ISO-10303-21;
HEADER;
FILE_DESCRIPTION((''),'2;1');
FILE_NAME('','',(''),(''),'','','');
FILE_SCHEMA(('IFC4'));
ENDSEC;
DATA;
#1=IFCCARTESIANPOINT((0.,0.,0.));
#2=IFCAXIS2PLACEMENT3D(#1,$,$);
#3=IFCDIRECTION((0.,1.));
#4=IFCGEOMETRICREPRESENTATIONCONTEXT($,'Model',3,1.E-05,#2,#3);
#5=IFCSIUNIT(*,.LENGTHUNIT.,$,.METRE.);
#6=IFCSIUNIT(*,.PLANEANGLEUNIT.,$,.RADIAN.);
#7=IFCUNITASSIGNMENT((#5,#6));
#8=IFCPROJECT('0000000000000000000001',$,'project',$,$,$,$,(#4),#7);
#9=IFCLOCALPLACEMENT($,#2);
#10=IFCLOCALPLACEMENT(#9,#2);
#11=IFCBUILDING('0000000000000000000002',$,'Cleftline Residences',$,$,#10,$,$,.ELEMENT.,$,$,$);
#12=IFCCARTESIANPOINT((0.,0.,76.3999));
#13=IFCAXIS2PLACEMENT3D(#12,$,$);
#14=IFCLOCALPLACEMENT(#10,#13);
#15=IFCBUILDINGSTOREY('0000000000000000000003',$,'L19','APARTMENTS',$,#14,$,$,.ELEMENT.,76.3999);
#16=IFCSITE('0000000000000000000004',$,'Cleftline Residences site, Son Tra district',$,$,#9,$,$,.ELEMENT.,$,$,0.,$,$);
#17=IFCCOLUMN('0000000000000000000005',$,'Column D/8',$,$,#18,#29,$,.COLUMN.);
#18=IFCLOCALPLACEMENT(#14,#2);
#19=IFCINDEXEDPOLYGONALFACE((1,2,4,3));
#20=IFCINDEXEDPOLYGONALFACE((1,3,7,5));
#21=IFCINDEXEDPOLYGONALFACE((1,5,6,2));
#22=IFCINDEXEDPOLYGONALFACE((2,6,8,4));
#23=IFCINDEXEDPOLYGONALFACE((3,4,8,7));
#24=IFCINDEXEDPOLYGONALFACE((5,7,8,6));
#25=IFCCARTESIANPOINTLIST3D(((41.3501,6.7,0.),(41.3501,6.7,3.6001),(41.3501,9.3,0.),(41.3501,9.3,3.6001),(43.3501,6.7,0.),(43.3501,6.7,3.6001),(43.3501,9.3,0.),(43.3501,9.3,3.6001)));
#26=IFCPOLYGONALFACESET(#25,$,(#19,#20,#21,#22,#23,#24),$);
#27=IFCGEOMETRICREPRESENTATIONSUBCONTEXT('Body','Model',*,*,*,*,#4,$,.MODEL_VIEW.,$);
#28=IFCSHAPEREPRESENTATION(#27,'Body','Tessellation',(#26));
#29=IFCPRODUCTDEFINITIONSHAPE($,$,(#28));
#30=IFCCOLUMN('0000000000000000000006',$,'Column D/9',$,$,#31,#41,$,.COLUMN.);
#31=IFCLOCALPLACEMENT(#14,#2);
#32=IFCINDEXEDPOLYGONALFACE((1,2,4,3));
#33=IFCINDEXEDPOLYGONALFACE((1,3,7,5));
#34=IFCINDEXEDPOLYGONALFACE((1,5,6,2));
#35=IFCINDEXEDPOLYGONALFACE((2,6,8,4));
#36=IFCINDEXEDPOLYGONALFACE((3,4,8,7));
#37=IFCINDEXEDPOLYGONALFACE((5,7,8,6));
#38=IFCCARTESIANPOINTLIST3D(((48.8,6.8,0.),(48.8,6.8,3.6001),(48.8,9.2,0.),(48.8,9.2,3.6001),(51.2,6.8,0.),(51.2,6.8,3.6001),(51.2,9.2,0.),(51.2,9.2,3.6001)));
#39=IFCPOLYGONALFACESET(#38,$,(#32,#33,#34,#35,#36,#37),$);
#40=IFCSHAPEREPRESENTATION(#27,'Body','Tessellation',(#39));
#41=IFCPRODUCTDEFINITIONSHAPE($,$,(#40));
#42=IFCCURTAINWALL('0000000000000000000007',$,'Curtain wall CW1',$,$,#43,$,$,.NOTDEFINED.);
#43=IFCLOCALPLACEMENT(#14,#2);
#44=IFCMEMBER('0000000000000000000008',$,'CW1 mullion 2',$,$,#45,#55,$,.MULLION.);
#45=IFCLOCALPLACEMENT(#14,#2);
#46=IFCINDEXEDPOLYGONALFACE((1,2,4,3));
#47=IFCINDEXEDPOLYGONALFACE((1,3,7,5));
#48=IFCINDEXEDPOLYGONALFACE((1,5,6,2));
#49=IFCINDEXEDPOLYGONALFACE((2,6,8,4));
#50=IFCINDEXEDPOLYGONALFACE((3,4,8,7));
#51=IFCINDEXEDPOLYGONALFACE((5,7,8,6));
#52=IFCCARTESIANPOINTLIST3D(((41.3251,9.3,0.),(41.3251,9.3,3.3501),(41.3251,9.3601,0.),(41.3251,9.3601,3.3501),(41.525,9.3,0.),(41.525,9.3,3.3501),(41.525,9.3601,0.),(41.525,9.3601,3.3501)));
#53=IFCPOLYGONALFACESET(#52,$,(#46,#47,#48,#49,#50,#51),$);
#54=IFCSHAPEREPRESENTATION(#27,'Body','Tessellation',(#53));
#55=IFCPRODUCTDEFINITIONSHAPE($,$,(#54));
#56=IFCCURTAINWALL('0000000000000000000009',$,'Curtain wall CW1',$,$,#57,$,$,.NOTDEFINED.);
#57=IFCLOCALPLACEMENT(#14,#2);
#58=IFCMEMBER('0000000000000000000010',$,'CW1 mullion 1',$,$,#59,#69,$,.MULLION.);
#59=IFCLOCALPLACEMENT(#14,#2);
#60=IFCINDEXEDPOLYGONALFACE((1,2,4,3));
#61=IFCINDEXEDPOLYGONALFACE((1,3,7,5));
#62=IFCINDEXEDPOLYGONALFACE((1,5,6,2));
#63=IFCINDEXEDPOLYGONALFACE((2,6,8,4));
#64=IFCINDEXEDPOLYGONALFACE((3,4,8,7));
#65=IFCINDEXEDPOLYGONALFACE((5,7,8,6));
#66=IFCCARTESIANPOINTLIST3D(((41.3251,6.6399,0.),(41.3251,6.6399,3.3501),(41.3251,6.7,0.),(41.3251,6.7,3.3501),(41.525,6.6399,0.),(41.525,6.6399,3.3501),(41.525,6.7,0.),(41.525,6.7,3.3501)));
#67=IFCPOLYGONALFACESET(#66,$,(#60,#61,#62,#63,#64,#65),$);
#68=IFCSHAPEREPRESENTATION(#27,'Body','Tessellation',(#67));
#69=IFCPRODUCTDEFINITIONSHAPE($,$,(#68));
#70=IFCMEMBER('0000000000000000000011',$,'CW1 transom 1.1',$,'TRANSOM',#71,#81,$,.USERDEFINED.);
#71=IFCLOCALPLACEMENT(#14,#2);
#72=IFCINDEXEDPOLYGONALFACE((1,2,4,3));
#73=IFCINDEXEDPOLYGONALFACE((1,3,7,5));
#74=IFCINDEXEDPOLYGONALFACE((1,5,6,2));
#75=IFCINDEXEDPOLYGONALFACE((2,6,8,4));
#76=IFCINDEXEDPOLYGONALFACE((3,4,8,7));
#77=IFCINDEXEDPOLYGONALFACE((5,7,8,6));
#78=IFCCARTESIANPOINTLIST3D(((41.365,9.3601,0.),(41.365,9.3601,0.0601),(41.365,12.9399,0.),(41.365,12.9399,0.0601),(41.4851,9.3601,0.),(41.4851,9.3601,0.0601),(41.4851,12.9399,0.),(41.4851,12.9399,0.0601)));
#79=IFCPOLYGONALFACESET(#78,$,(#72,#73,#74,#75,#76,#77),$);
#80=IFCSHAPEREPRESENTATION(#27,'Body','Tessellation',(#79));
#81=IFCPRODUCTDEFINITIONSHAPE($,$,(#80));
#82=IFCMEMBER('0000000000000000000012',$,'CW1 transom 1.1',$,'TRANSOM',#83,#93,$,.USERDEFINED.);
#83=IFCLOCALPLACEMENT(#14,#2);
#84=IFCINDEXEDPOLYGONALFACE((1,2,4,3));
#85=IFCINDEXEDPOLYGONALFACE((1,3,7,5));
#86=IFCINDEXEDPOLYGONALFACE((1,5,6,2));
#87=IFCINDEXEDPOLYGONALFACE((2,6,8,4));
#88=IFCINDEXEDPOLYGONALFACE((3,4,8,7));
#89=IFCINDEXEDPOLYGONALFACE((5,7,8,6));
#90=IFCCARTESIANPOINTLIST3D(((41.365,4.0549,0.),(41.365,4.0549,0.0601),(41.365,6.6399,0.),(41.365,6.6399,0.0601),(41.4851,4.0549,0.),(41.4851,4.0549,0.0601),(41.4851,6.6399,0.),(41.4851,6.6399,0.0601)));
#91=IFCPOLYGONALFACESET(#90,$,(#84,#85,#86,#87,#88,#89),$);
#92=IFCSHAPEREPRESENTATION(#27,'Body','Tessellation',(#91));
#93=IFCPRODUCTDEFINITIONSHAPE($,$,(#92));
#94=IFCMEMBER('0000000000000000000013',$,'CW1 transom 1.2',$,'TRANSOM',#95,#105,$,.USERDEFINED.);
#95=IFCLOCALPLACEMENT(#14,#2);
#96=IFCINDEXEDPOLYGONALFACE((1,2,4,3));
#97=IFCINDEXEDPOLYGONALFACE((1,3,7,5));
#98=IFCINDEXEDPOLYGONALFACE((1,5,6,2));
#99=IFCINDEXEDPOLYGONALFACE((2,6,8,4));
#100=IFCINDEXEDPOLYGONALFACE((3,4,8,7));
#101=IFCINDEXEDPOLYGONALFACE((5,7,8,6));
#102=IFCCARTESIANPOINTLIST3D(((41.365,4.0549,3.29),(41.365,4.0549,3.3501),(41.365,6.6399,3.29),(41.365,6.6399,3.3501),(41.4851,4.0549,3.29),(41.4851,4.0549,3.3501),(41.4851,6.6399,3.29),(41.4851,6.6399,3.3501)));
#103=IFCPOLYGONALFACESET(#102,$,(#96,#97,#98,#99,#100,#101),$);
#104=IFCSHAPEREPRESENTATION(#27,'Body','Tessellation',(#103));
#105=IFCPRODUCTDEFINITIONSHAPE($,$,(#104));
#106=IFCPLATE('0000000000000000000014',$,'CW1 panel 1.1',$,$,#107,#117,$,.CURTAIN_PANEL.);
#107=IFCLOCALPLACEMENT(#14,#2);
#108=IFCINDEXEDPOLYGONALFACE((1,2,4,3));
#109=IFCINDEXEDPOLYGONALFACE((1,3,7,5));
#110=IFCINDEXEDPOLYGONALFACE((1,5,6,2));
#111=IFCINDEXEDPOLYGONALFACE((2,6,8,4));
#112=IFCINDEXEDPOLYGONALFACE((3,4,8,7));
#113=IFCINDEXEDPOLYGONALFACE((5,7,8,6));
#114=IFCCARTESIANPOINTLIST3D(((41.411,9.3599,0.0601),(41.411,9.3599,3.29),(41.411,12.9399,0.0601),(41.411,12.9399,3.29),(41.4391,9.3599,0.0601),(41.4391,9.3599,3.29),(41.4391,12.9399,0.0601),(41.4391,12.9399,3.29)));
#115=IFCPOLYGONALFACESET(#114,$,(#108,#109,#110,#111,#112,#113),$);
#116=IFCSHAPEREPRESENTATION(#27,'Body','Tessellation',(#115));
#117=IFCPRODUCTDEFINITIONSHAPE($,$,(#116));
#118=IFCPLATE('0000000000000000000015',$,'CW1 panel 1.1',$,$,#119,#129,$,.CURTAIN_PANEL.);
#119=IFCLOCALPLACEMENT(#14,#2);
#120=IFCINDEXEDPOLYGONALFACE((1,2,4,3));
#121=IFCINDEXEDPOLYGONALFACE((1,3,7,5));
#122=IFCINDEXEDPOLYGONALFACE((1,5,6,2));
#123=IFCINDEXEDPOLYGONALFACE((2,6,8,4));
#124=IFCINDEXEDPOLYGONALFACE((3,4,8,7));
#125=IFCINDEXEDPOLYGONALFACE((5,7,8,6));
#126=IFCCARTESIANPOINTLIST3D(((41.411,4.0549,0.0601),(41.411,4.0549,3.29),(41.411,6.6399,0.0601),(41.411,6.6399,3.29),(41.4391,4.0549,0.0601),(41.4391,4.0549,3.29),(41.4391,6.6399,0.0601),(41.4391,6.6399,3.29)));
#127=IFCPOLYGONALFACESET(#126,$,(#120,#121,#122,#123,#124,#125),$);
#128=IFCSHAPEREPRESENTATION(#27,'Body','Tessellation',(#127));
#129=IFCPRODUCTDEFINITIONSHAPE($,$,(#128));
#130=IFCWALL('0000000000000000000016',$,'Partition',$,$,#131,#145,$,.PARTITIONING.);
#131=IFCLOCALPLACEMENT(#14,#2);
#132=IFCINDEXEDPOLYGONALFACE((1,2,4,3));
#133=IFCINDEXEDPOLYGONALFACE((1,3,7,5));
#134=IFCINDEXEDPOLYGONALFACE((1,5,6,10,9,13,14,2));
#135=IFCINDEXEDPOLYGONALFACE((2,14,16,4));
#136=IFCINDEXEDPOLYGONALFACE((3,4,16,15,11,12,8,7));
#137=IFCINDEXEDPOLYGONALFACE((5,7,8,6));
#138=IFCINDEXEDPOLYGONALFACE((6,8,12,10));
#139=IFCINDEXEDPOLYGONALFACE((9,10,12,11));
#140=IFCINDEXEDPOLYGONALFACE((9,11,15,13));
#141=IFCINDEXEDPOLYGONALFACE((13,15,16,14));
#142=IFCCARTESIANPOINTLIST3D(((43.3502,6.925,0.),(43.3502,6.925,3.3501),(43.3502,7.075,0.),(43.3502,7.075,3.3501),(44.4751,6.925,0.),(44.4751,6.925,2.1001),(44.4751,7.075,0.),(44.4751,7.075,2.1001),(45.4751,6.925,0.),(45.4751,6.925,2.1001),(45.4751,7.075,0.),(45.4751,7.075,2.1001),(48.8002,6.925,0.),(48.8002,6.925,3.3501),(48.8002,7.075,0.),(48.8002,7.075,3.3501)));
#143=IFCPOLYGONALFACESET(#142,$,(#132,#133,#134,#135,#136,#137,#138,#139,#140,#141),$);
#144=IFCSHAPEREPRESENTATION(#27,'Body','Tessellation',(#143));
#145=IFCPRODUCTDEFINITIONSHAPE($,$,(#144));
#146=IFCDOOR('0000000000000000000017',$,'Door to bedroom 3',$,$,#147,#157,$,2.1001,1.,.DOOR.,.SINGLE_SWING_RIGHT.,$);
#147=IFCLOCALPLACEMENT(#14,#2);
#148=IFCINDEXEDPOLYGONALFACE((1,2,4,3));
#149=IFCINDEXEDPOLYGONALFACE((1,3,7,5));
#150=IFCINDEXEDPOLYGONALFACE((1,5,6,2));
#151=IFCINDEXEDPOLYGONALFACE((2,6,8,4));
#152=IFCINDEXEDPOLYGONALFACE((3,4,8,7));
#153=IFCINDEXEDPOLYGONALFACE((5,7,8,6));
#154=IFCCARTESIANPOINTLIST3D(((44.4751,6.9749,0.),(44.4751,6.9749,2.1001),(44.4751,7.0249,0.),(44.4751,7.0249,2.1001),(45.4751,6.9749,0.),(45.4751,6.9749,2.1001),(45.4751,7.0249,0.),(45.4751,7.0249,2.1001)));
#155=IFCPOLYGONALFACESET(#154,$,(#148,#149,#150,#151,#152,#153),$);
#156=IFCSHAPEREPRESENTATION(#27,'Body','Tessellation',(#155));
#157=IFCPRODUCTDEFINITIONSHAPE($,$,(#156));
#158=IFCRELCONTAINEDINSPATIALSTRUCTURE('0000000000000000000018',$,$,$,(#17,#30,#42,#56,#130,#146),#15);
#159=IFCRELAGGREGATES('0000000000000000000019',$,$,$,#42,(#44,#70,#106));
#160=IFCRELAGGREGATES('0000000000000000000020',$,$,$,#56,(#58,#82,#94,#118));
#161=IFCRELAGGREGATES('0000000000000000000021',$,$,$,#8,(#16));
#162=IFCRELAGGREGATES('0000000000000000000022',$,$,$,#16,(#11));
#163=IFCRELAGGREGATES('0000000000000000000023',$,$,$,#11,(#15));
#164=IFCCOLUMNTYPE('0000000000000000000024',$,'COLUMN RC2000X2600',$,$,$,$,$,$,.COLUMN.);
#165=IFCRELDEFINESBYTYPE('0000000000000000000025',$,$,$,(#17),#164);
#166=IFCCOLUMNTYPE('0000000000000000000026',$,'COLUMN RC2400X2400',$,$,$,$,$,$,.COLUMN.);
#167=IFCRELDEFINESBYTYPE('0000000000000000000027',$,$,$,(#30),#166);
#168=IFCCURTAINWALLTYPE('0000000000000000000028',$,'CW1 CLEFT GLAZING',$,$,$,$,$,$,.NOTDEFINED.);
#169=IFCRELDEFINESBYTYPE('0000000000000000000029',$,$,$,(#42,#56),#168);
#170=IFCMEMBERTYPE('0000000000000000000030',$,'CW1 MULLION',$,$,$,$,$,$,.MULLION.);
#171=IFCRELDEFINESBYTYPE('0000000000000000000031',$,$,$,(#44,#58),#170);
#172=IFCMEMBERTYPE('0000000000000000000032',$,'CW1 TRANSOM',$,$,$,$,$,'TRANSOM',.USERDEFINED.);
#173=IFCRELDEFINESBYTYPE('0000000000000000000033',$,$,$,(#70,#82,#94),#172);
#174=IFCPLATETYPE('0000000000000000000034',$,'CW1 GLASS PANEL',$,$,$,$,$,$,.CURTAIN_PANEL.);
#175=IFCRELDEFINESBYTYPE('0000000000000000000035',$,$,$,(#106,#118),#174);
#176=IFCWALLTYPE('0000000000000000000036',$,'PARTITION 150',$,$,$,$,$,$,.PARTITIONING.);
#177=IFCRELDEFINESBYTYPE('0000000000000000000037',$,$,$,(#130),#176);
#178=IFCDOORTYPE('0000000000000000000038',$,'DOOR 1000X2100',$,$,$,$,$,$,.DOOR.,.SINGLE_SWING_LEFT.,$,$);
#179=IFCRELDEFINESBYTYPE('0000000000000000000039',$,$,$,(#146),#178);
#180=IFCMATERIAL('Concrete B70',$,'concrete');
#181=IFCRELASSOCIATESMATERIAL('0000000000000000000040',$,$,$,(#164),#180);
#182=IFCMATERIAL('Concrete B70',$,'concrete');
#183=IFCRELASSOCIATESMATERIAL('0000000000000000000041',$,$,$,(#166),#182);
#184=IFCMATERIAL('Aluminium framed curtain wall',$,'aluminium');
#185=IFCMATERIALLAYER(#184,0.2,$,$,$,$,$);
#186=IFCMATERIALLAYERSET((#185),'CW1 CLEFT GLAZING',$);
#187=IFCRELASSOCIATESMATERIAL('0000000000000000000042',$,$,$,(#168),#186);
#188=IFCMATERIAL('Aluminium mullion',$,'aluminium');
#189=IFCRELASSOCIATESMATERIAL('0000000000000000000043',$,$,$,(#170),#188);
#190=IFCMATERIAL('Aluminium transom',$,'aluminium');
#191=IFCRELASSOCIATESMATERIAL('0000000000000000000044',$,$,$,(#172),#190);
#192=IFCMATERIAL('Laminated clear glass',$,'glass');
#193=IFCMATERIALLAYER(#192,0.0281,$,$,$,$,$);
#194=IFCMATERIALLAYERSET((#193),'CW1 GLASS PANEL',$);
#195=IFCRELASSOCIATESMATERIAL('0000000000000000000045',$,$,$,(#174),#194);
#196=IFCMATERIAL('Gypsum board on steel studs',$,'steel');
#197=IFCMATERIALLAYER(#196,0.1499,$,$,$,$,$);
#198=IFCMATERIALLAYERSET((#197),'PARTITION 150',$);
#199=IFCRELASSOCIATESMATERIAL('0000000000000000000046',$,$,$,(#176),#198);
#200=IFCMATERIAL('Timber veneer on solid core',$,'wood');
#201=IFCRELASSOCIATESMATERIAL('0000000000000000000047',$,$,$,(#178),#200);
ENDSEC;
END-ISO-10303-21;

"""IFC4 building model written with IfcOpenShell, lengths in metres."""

from ifc_helpers import new_model, si_unit, direction, frame, frame_2d, origin, origin_2d, place, context, subcontext, project, spatial, rectangle, extrude, material, layer, layer_set, material_profile, profile_set, type_object, element, fill, aggregate, save


model = new_model("IFC4")

# Units and contexts
model_context = context("Model", 3, precision=1e-05, world=origin(), true_north=direction((0.0, 1.0)))
body_context = subcontext(model_context, "Body", "Model", "MODEL_VIEW")
ifc_project = project(units=[si_unit("LENGTHUNIT", "METRE"), si_unit("PLANEANGLEUNIT", "RADIAN")], contexts=[model_context])

# Site, building, storey
site_placement = place(None, origin())
site = spatial("IfcSite", under=ifc_project, at=site_placement, Name="Cleftline Residences site, Son Tra district", CompositionType="ELEMENT", RefElevation=0.0)
building_placement = place(site_placement, origin())
building = spatial("IfcBuilding", under=site, at=building_placement, Name="Cleftline Residences", CompositionType="ELEMENT")
storey_placement = place(building_placement, frame((0.0, 0.0, 76.3999)))
storey = spatial("IfcBuildingStorey", under=building, at=storey_placement, Name="L19", Description="APARTMENTS", CompositionType="ELEMENT", Elevation=76.3999)

# Columns
ifc_material_1 = material(Name="Concrete B70", Category="concrete")
ifc_material_profile_1 = material_profile(ifc_material_1, rectangle(XDim=2.0, YDim=2.6001, at=origin_2d()))
ifc_profile_set_1 = profile_set([ifc_material_profile_1], Name="Concrete B70")
column_type_1 = type_object("IfcColumnType", Name="COLUMN RC2000X2600", PredefinedType="COLUMN", material=ifc_profile_set_1)
column_1_placement = place(storey_placement, frame((42.3501, 8.0, 0.0), z_axis=(0.0, 0.0, 1.0), x_axis=(1.0, 0.0, 0.0)))
element("IfcColumn", 1, at=column_1_placement, inside=storey, type_object=column_type_1, Name="Column D/8", PredefinedType="COLUMN", context=body_context, shape_type="SweptSolid", body=[
    extrude(rectangle(XDim=2.0, YDim=2.6001, at=origin_2d()), origin(), (0.0, 0.0, 1.0), 3.6001),
])
ifc_material_2 = material(Name="Concrete B70", Category="concrete")
ifc_material_profile_2 = material_profile(ifc_material_2, rectangle(XDim=2.3999, YDim=2.3999, at=origin_2d()))
ifc_profile_set_2 = profile_set([ifc_material_profile_2], Name="Concrete B70")
column_type_2 = type_object("IfcColumnType", Name="COLUMN RC2400X2400", PredefinedType="COLUMN", material=ifc_profile_set_2)
column_2_placement = place(storey_placement, frame((50.0, 8.0, 0.0), z_axis=(0.0, 0.0, 1.0), x_axis=(1.0, 0.0, 0.0)))
element("IfcColumn", 2, at=column_2_placement, inside=storey, type_object=column_type_2, Name="Column D/9", PredefinedType="COLUMN", context=body_context, shape_type="SweptSolid", body=[
    extrude(rectangle(XDim=2.3999, YDim=2.3999, at=origin_2d()), origin(), (0.0, 0.0, 1.0), 3.6001),
])

# Curtain walls, members
ifc_material_3 = material(Name="Aluminium framed curtain wall", Category="aluminium")
ifc_layer_1 = layer(ifc_material_3, 0.2)
ifc_layer_set_1 = layer_set([ifc_layer_1], Name="CW1 CLEFT GLAZING")
curtain_wall_type = type_object("IfcCurtainWallType", Name="CW1 CLEFT GLAZING", PredefinedType="NOTDEFINED", material=ifc_layer_set_1)
curtain_wall_1_placement = place(storey_placement, origin())
curtain_wall_1 = element("IfcCurtainWall", 3, at=curtain_wall_1_placement, inside=storey, type_object=curtain_wall_type, Name="Curtain wall CW1", PredefinedType="NOTDEFINED")
ifc_material_4 = material(Name="Aluminium mullion", Category="aluminium")
ifc_material_profile_3 = material_profile(ifc_material_4, rectangle(XDim=0.2, YDim=0.0601, at=origin_2d()))
ifc_profile_set_3 = profile_set([ifc_material_profile_3], Name="Aluminium mullion")
member_type_1 = type_object("IfcMemberType", Name="CW1 MULLION", PredefinedType="MULLION", material=ifc_profile_set_3)
member_1_placement = place(storey_placement, frame((41.425, 9.3301, 0.0), z_axis=(0.0, 0.0, 1.0), x_axis=(1.0, 0.0, 0.0)))
member_1 = element("IfcMember", 4, at=member_1_placement, type_object=member_type_1, Name="CW1 mullion 2", PredefinedType="MULLION", context=body_context, shape_type="SweptSolid", body=[
    extrude(rectangle(XDim=0.2, YDim=0.0601, at=origin_2d()), origin(), (0.0, 0.0, 1.0), 3.3501),
])
curtain_wall_2_placement = place(storey_placement, origin())
curtain_wall_2 = element("IfcCurtainWall", 5, at=curtain_wall_2_placement, inside=storey, type_object=curtain_wall_type, Name="Curtain wall CW1", PredefinedType="NOTDEFINED")
member_2_placement = place(storey_placement, frame((41.425, 6.6699, 0.0), z_axis=(0.0, 0.0, 1.0), x_axis=(1.0, 0.0, 0.0)))
member_2 = element("IfcMember", 6, at=member_2_placement, type_object=member_type_1, Name="CW1 mullion 1", PredefinedType="MULLION", context=body_context, shape_type="SweptSolid", body=[
    extrude(rectangle(XDim=0.2, YDim=0.0601, at=origin_2d()), origin(), (0.0, 0.0, 1.0), 3.3501),
])

# Members
ifc_material_5 = material(Name="Aluminium transom", Category="aluminium")
ifc_material_profile_4 = material_profile(ifc_material_5, rectangle(XDim=0.1201, YDim=0.0601, at=origin_2d()))
ifc_profile_set_4 = profile_set([ifc_material_profile_4], Name="Aluminium transom")
member_type_2 = type_object("IfcMemberType", Name="CW1 TRANSOM", ElementType="TRANSOM", PredefinedType="USERDEFINED", material=ifc_profile_set_4)
member_3_placement = place(storey_placement, frame((41.425, 12.9399, 0.03), z_axis=(0.0, -1.0, 0.0), x_axis=(1.0, 0.0, 0.0)))
member_3 = element("IfcMember", 7, at=member_3_placement, type_object=member_type_2, Name="CW1 transom 1.1", ObjectType="TRANSOM", PredefinedType="USERDEFINED", context=body_context, shape_type="SweptSolid", body=[
    extrude(rectangle(XDim=0.1201, YDim=0.0601, at=origin_2d()), origin(), (0.0, 0.0, 1.0), 3.5798),
])
member_4_placement = place(storey_placement, frame((41.425, 6.6399, 0.03), z_axis=(0.0, -1.0, 0.0), x_axis=(1.0, 0.0, 0.0)))
member_4 = element("IfcMember", 8, at=member_4_placement, type_object=member_type_2, Name="CW1 transom 1.1", ObjectType="TRANSOM", PredefinedType="USERDEFINED", context=body_context, shape_type="SweptSolid", body=[
    extrude(rectangle(XDim=0.1201, YDim=0.0601, at=origin_2d()), origin(), (0.0, 0.0, 1.0), 2.585),
])
member_5_placement = place(storey_placement, frame((41.425, 6.6399, 3.3201), z_axis=(0.0, -1.0, 0.0), x_axis=(1.0, 0.0, 0.0)))
member_5 = element("IfcMember", 9, at=member_5_placement, type_object=member_type_2, Name="CW1 transom 1.2", ObjectType="TRANSOM", PredefinedType="USERDEFINED", context=body_context, shape_type="SweptSolid", body=[
    extrude(rectangle(XDim=0.1201, YDim=0.0601, at=origin_2d()), origin(), (0.0, 0.0, 1.0), 2.585),
])

# Plates
ifc_material_6 = material(Name="Laminated clear glass", Category="glass")
ifc_layer_2 = layer(ifc_material_6, 0.0281)
ifc_layer_set_2 = layer_set([ifc_layer_2], Name="CW1 GLASS PANEL")
plate_type = type_object("IfcPlateType", Name="CW1 GLASS PANEL", PredefinedType="CURTAIN_PANEL", material=ifc_layer_set_2)
plate_1_placement = place(storey_placement, frame((41.425, 11.1499, 0.0601), z_axis=(0.0, 0.0, 1.0), x_axis=(0.0, -1.0, 0.0)))
plate_1 = element("IfcPlate", 10, at=plate_1_placement, type_object=plate_type, Name="CW1 panel 1.1", PredefinedType="CURTAIN_PANEL", context=body_context, shape_type="SweptSolid", body=[
    extrude(rectangle(XDim=3.5801, YDim=0.0281, at=origin_2d()), origin(), (0.0, 0.0, 1.0), 3.23),
])
aggregate(curtain_wall_1, [member_1, member_3, plate_1])
plate_2_placement = place(storey_placement, frame((41.425, 5.3474, 0.0601), z_axis=(0.0, 0.0, 1.0), x_axis=(0.0, -1.0, 0.0)))
plate_2 = element("IfcPlate", 11, at=plate_2_placement, type_object=plate_type, Name="CW1 panel 1.1", PredefinedType="CURTAIN_PANEL", context=body_context, shape_type="SweptSolid", body=[
    extrude(rectangle(XDim=2.585, YDim=0.0281, at=origin_2d()), origin(), (0.0, 0.0, 1.0), 3.23),
])
aggregate(curtain_wall_2, [member_2, member_4, member_5, plate_2])

# Wall, opening, door
ifc_material_7 = material(Name="Gypsum board on steel studs", Category="steel")
ifc_layer_3 = layer(ifc_material_7, 0.1499)
ifc_layer_set_3 = layer_set([ifc_layer_3], Name="PARTITION 150")
wall_type = type_object("IfcWallType", Name="PARTITION 150", PredefinedType="PARTITIONING", material=ifc_layer_set_3)
wall_1_placement = place(storey_placement, frame((43.3501, 7.0, 0.0), z_axis=(0.0, 0.0, 1.0), x_axis=(1.0, 0.0, 0.0)))
wall_1 = element("IfcWall", 12, at=wall_1_placement, inside=storey, type_object=wall_type, Name="Partition", PredefinedType="PARTITIONING", context=body_context, shape_type="SweptSolid", body=[
    extrude(rectangle(XDim=5.45, YDim=0.1499, at=frame_2d((2.7251, 0.0))), origin(), (0.0, 0.0, 1.0), 3.3501),
])
opening_1_placement = place(wall_1_placement, frame((1.125, 0.0, 0.0)))
opening_1 = element("IfcOpeningElement", 13, at=opening_1_placement, cuts=wall_1, PredefinedType="OPENING", context=body_context, shape_type="SweptSolid", body=[
    extrude(rectangle(XDim=1.0, YDim=2.1001, at=frame_2d((0.5, 1.05))), frame((0.0, 0.085, 0.0), z_axis=(0.0, -1.0, 0.0), x_axis=(1.0, 0.0, 0.0)), (0.0, 0.0, 1.0), 0.1699),
])
ifc_material_8 = material(Name="Timber veneer on solid core", Category="wood")
door_type_1 = type_object("IfcDoorType", Name="DOOR 1000X2100", OperationType="SINGLE_SWING_LEFT", PredefinedType="DOOR", material=ifc_material_8)
door_1_placement = place(opening_1_placement, origin())
door_1 = element("IfcDoor", 14, at=door_1_placement, inside=storey, type_object=door_type_1, Name="Door to bedroom 3", OperationType="SINGLE_SWING_RIGHT", OverallHeight=2.1001, OverallWidth=1.0, PredefinedType="DOOR", context=body_context, shape_type="SweptSolid", body=[
    extrude(rectangle(XDim=1.0, YDim=2.1001, at=frame_2d((0.5, 1.05))), frame((0.0, 0.0249, 0.0), z_axis=(0.0, -1.0, 0.0), x_axis=(1.0, 0.0, 0.0)), (0.0, 0.0, 1.0), 0.05),
])
fill(opening_1, door_1)

save(model, "model.ifc")
